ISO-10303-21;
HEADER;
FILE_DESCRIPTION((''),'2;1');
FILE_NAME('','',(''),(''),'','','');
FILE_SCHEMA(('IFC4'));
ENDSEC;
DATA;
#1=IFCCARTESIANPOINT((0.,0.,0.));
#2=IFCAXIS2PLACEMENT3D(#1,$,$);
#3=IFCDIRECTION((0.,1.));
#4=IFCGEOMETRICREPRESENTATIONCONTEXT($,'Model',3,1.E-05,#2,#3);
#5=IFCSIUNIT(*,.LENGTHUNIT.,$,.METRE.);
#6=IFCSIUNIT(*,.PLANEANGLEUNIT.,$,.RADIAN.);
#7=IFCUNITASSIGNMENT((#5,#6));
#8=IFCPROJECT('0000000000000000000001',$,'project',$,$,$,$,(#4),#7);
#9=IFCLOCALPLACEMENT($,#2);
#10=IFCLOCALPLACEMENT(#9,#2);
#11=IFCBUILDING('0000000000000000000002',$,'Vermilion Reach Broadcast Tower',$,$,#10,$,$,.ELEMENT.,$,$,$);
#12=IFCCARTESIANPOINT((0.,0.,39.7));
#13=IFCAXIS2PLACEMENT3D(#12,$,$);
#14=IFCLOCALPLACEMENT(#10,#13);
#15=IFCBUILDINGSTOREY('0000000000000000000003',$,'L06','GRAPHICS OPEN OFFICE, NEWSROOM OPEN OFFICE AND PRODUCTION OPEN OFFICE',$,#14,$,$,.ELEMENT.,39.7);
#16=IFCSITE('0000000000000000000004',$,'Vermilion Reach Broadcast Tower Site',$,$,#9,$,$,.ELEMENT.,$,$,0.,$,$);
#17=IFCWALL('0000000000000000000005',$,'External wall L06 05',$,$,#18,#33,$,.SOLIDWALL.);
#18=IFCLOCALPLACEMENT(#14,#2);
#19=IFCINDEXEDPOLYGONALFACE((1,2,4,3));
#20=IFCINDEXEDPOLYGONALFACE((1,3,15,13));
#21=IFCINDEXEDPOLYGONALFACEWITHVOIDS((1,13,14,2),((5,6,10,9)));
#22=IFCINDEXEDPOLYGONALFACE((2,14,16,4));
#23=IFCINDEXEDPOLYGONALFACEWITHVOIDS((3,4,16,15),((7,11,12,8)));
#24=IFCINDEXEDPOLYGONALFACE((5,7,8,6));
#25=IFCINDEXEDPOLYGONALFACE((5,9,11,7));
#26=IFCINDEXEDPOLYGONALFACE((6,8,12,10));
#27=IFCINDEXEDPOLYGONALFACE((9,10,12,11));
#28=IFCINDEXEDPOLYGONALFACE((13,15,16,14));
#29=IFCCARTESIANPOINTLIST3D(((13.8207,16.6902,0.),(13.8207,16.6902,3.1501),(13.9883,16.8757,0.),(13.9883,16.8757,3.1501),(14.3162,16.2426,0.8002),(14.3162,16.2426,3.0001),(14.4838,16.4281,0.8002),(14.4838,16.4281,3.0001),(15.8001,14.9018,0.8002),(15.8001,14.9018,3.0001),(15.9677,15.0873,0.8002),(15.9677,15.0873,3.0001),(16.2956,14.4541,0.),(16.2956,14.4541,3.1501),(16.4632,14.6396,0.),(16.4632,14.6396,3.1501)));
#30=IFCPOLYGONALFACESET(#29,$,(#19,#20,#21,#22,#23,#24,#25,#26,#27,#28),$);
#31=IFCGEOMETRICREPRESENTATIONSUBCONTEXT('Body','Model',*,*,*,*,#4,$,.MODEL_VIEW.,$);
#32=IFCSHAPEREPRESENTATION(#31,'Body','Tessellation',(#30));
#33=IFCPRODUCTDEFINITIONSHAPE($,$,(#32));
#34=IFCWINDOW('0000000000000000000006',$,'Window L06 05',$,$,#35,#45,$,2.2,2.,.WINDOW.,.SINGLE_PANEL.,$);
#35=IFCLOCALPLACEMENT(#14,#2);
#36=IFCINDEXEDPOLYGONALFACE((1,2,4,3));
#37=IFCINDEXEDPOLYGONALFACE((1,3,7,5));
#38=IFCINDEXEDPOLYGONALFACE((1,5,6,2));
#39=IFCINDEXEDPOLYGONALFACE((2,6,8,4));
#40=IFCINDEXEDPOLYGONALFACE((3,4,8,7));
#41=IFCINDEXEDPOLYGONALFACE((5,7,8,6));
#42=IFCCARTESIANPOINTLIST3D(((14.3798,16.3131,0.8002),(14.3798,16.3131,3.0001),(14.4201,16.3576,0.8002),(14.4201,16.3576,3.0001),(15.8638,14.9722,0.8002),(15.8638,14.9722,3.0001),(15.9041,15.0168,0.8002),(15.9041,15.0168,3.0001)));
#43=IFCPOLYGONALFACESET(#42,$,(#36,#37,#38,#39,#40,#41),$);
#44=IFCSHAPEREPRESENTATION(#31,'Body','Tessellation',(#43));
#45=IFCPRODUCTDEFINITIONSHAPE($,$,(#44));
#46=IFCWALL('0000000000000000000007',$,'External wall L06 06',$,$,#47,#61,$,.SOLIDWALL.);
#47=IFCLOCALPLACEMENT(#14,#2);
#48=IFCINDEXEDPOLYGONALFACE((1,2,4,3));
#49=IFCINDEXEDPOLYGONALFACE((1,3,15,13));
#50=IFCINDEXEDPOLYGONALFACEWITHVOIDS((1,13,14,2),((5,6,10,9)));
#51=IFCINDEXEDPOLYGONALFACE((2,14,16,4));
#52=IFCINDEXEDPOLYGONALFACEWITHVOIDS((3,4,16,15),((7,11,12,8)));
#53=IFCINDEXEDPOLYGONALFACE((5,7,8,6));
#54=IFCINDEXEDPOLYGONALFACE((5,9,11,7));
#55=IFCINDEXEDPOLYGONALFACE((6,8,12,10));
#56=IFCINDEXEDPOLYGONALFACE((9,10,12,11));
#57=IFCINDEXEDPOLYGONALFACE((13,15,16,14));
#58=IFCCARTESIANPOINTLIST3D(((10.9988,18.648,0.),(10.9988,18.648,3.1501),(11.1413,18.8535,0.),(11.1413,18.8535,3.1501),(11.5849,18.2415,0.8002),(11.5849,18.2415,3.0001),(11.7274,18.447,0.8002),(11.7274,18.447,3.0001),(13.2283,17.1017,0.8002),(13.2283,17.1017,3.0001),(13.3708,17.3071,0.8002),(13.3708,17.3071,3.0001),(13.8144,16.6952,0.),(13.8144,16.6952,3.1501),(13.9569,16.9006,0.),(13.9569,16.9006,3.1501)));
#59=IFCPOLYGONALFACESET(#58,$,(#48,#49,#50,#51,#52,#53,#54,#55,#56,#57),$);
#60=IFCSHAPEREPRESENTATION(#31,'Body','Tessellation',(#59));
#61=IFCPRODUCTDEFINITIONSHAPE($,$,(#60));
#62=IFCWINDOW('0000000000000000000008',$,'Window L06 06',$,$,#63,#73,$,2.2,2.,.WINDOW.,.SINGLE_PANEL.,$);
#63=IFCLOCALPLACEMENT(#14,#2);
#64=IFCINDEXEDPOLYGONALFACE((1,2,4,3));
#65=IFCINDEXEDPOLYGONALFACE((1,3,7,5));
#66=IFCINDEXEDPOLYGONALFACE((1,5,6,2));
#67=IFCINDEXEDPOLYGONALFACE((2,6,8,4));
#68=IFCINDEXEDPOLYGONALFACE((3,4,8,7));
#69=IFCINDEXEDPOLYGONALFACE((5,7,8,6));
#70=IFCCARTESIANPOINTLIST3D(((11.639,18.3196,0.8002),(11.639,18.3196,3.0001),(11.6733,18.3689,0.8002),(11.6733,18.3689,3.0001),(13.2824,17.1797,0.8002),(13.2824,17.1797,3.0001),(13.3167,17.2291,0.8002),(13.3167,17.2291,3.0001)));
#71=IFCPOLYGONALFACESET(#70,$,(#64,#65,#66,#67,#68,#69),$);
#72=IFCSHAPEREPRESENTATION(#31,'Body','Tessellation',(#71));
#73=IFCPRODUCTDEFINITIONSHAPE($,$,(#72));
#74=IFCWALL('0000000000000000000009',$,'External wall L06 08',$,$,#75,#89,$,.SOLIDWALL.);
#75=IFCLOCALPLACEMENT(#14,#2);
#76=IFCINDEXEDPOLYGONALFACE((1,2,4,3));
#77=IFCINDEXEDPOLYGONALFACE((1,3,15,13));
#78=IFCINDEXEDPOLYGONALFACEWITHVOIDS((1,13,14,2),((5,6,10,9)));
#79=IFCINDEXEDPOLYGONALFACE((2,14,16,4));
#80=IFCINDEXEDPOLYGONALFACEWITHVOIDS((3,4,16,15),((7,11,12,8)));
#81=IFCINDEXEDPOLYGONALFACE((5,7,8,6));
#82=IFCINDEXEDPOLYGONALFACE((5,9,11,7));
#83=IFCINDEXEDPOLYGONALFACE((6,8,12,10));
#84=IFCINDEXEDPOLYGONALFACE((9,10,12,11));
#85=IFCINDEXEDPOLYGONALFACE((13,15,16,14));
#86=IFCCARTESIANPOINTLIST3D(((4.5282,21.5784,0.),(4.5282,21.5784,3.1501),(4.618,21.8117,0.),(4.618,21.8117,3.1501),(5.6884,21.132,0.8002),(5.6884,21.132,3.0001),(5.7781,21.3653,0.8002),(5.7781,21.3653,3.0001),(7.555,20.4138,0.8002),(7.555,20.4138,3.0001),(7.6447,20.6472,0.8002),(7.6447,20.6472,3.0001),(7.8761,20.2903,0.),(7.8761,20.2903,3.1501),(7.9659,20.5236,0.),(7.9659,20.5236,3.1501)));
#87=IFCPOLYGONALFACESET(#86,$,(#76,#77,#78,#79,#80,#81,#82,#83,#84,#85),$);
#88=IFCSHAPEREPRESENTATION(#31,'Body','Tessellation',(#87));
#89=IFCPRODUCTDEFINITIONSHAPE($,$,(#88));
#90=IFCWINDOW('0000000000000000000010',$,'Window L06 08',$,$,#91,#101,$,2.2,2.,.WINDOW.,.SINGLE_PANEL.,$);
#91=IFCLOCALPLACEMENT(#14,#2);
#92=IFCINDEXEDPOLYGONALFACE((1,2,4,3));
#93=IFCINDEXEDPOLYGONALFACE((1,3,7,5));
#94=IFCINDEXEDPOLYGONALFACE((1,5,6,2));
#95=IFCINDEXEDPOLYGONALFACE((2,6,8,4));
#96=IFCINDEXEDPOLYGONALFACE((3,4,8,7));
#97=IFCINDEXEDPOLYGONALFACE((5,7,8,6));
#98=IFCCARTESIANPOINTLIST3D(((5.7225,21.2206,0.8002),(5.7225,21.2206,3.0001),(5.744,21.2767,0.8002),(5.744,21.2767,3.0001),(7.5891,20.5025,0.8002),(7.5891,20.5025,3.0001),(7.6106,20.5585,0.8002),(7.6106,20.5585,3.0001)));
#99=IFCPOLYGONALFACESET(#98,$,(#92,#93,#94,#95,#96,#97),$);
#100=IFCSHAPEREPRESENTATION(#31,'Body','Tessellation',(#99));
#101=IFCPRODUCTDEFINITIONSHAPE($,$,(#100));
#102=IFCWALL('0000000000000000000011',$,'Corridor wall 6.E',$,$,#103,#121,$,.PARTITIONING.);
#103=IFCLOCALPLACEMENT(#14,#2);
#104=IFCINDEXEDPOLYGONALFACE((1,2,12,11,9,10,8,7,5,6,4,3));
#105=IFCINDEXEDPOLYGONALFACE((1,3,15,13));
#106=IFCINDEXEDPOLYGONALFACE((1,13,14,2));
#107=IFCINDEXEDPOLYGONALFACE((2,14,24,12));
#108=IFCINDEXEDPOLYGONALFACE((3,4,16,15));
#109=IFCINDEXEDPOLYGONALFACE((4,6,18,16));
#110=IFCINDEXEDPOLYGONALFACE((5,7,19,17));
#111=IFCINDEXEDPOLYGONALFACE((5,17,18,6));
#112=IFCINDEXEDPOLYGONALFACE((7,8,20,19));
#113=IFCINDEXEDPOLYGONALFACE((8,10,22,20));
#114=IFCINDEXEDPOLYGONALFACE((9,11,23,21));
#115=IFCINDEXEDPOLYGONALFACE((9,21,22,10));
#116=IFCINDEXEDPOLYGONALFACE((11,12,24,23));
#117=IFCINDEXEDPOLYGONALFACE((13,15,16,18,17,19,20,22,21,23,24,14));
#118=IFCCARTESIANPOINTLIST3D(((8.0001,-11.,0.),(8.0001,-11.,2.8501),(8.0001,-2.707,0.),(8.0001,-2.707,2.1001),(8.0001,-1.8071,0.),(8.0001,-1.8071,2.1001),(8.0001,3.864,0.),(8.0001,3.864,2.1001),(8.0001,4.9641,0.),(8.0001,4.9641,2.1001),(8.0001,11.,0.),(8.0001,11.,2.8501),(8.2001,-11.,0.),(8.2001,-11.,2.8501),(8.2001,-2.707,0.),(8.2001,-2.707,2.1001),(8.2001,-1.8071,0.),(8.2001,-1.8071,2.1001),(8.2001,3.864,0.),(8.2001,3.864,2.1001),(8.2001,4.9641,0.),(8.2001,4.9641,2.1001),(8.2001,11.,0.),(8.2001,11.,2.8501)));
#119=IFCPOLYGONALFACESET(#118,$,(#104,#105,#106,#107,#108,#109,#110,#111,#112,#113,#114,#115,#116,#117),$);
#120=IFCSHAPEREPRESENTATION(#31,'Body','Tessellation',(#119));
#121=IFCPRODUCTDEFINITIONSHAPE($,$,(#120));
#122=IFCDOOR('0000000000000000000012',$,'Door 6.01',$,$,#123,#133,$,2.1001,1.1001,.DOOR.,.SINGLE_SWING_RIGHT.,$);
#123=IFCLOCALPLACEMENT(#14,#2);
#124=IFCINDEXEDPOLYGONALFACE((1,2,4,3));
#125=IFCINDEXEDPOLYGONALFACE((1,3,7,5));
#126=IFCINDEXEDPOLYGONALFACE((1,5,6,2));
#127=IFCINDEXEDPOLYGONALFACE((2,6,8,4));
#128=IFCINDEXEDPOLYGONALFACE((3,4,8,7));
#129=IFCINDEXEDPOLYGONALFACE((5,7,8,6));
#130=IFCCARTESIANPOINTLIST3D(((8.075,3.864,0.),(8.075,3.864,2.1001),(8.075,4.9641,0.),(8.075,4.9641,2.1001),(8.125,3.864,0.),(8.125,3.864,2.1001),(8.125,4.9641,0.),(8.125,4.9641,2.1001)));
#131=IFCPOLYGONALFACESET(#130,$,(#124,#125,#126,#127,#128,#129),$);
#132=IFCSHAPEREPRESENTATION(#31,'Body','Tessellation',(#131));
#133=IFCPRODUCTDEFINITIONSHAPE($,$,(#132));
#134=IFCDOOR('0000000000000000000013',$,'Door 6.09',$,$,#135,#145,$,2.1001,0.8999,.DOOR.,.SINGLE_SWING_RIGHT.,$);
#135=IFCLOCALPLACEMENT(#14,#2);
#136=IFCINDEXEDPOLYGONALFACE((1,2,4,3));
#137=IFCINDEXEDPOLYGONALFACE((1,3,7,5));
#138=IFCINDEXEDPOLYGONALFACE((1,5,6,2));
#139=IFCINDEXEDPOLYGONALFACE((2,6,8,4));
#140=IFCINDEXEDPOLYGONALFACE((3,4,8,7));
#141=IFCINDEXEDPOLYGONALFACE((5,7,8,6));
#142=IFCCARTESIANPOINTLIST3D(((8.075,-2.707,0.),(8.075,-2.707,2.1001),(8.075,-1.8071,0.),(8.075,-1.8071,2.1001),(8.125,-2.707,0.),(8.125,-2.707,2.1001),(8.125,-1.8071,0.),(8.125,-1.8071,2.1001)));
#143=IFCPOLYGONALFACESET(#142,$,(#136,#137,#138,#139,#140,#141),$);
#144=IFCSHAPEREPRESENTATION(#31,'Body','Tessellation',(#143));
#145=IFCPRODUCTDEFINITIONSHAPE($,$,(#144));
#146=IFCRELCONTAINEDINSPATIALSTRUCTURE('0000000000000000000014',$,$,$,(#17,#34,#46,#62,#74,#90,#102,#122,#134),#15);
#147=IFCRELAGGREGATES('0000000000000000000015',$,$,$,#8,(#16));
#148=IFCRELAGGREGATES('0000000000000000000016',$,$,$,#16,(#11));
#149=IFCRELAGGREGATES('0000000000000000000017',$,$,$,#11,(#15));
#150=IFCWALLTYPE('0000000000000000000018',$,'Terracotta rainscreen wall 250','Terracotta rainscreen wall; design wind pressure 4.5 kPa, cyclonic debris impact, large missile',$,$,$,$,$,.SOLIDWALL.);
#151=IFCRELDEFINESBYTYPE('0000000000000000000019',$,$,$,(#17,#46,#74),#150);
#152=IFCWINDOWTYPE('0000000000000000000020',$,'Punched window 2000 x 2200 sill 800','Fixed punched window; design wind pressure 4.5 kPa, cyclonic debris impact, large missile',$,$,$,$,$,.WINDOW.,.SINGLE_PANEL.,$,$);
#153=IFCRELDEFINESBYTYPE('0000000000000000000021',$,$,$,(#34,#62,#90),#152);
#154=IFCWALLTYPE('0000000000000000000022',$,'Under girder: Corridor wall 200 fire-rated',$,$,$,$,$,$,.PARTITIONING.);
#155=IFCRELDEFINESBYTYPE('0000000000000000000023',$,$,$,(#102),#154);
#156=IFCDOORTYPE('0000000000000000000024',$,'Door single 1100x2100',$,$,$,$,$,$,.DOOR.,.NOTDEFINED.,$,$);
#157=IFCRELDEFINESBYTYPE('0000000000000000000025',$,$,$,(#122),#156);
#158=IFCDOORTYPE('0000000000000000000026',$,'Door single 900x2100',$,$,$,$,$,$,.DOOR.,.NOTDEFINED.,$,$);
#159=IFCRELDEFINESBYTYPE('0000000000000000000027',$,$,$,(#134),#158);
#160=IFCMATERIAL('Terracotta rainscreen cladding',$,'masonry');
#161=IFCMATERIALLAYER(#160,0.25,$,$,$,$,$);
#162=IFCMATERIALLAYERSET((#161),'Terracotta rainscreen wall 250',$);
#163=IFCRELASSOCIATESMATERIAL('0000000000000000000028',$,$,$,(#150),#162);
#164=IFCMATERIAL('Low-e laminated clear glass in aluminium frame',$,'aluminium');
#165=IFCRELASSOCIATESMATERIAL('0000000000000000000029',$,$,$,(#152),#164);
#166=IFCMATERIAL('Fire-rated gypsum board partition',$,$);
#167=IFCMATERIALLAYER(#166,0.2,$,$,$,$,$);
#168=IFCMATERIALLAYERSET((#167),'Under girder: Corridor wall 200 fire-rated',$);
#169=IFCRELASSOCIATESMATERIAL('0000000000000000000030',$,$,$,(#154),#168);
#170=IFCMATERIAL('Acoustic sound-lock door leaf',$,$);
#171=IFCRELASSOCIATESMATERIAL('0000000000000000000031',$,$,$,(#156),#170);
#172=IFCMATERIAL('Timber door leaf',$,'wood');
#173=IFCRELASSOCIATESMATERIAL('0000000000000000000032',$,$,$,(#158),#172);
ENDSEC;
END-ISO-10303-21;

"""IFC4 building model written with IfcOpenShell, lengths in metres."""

from ifc_helpers import new_model, si_unit, direction, frame, frame_2d, origin, place, context, subcontext, project, spatial, rectangle, extrude, material, layer, layer_set, type_object, element, fill, save


model = new_model("IFC4")

# Units and contexts
model_context = context("Model", 3, precision=1e-05, world=origin(), true_north=direction((0.0, 1.0)))
body_context = subcontext(model_context, "Body", "Model", "MODEL_VIEW")
ifc_project = project(units=[si_unit("LENGTHUNIT", "METRE"), si_unit("PLANEANGLEUNIT", "RADIAN")], contexts=[model_context])

# Site, building, storey
site_placement = place(None, origin())
site = spatial("IfcSite", under=ifc_project, at=site_placement, Name="Vermilion Reach Broadcast Tower Site", CompositionType="ELEMENT", RefElevation=0.0)
building_placement = place(site_placement, origin())
building = spatial("IfcBuilding", under=site, at=building_placement, Name="Vermilion Reach Broadcast Tower", CompositionType="ELEMENT")
storey_placement = place(building_placement, frame((0.0, 0.0, 39.7)))
storey = spatial("IfcBuildingStorey", under=building, at=storey_placement, Name="L06", Description="GRAPHICS OPEN OFFICE, NEWSROOM OPEN OFFICE AND PRODUCTION OPEN OFFICE", CompositionType="ELEMENT", Elevation=39.7)

# Shared definitions
ifc_material_1 = material(Name="Terracotta rainscreen cladding", Category="masonry")
ifc_layer_1 = layer(ifc_material_1, 0.25)
ifc_layer_set_1 = layer_set([ifc_layer_1], Name="Terracotta rainscreen wall 250")
wall_type_1 = type_object("IfcWallType", Name="Terracotta rainscreen wall 250", Description="Terracotta rainscreen wall; design wind pressure 4.5 kPa, cyclonic debris impact, large missile", PredefinedType="SOLIDWALL", material=ifc_layer_set_1)

# Walls, openings, windows
ifc_material_2 = material(Name="Low-e laminated clear glass in aluminium frame", Category="aluminium")
window_type = type_object("IfcWindowType", Name="Punched window 2000 x 2200 sill 800", Description="Fixed punched window; design wind pressure 4.5 kPa, cyclonic debris impact, large missile", PartitioningType="SINGLE_PANEL", PredefinedType="WINDOW", material=ifc_material_2)
wall_1_placement = place(storey_placement, frame((16.3794, 14.5469, 0.0), z_axis=(0.0, 0.0, 1.0), x_axis=(-0.741993, 0.670407, 0.0)))
wall_1 = element("IfcWall", 1, at=wall_1_placement, inside=storey, type_object=wall_type_1, Name="External wall L06 05", PredefinedType="SOLIDWALL", context=body_context, shape_type="SweptSolid", body=[
    extrude(rectangle(XDim=3.3354, YDim=0.25, at=frame_2d((1.6677, 0.0))), origin(), (0.0, 0.0, 1.0), 3.1501),
])
opening_1_placement = place(wall_1_placement, frame((0.6677, 0.0, 0.8)))
opening_1 = element("IfcOpeningElement", 2, at=opening_1_placement, cuts=wall_1, PredefinedType="OPENING", context=body_context, shape_type="SweptSolid", body=[
    extrude(rectangle(XDim=2.0, YDim=2.2, at=frame_2d((1.0, 1.1001))), frame((0.0, 0.135, 0.0), z_axis=(0.0, -1.0, 0.0), x_axis=(1.0, 0.0, 0.0)), (0.0, 0.0, 1.0), 0.27),
])
window_1_placement = place(opening_1_placement, origin())
window_1 = element("IfcWindow", 3, at=window_1_placement, inside=storey, type_object=window_type, Name="Window L06 05", OverallHeight=2.2, OverallWidth=2.0, PartitioningType="SINGLE_PANEL", PredefinedType="WINDOW", context=body_context, shape_type="SweptSolid", body=[
    extrude(rectangle(XDim=2.0, YDim=2.2, at=frame_2d((1.0, 1.1001))), frame((0.0, 0.03, 0.0), z_axis=(0.0, -1.0, 0.0), x_axis=(1.0, 0.0, 0.0)), (0.0, 0.0, 1.0), 0.0601),
])
fill(opening_1, window_1)
wall_2_placement = place(storey_placement, frame((13.8857, 16.7979, 0.0), z_axis=(0.0, 0.0, 1.0), x_axis=(-0.821705, 0.569914, 0.0)))
wall_2 = element("IfcWall", 4, at=wall_2_placement, inside=storey, type_object=wall_type_1, Name="External wall L06 06", PredefinedType="SOLIDWALL", context=body_context, shape_type="SweptSolid", body=[
    extrude(rectangle(XDim=3.4265, YDim=0.25, at=frame_2d((1.7134, 0.0))), origin(), (0.0, 0.0, 1.0), 3.1501),
])
opening_2_placement = place(wall_2_placement, frame((0.7134, 0.0, 0.8)))
opening_2 = element("IfcOpeningElement", 5, at=opening_2_placement, cuts=wall_2, PredefinedType="OPENING", context=body_context, shape_type="SweptSolid", body=[
    extrude(rectangle(XDim=2.0, YDim=2.2, at=frame_2d((1.0, 1.1001))), frame((0.0, 0.135, 0.0), z_axis=(0.0, -1.0, 0.0), x_axis=(1.0, 0.0, 0.0)), (0.0, 0.0, 1.0), 0.27),
])
window_2_placement = place(opening_2_placement, origin())
window_2 = element("IfcWindow", 6, at=window_2_placement, inside=storey, type_object=window_type, Name="Window L06 06", OverallHeight=2.2, OverallWidth=2.0, PartitioningType="SINGLE_PANEL", PredefinedType="WINDOW", context=body_context, shape_type="SweptSolid", body=[
    extrude(rectangle(XDim=2.0, YDim=2.2, at=frame_2d((1.0, 1.1001))), frame((0.0, 0.03, 0.0), z_axis=(0.0, -1.0, 0.0), x_axis=(1.0, 0.0, 0.0)), (0.0, 0.0, 1.0), 0.0601),
])
fill(opening_2, window_2)

# Wall, opening, window
wall_3_placement = place(storey_placement, frame((7.9209, 20.407, 0.0), z_axis=(0.0, 0.0, 1.0), x_axis=(-0.933305, 0.359084, 0.0)))
wall_3 = element("IfcWall", 7, at=wall_3_placement, inside=storey, type_object=wall_type_1, Name="External wall L06 08", PredefinedType="SOLIDWALL", context=body_context, shape_type="SweptSolid", body=[
    extrude(rectangle(XDim=3.5872, YDim=0.25, at=frame_2d((1.7935, 0.0))), origin(), (0.0, 0.0, 1.0), 3.1501),
])
opening_3_placement = place(wall_3_placement, frame((0.344, 0.0, 0.8)))
opening_3 = element("IfcOpeningElement", 8, at=opening_3_placement, cuts=wall_3, PredefinedType="OPENING", context=body_context, shape_type="SweptSolid", body=[
    extrude(rectangle(XDim=2.0, YDim=2.2, at=frame_2d((1.0, 1.1001))), frame((0.0, 0.135, 0.0), z_axis=(0.0, -1.0, 0.0), x_axis=(1.0, 0.0, 0.0)), (0.0, 0.0, 1.0), 0.27),
])
window_3_placement = place(opening_3_placement, origin())
window_3 = element("IfcWindow", 9, at=window_3_placement, inside=storey, type_object=window_type, Name="Window L06 08", OverallHeight=2.2, OverallWidth=2.0, PartitioningType="SINGLE_PANEL", PredefinedType="WINDOW", context=body_context, shape_type="SweptSolid", body=[
    extrude(rectangle(XDim=2.0, YDim=2.2, at=frame_2d((1.0, 1.1001))), frame((0.0, 0.03, 0.0), z_axis=(0.0, -1.0, 0.0), x_axis=(1.0, 0.0, 0.0)), (0.0, 0.0, 1.0), 0.0601),
])
fill(opening_3, window_3)

# Wall, openings, doors
ifc_material_3 = material(Name="Fire-rated gypsum board partition")
ifc_layer_2 = layer(ifc_material_3, 0.2)
ifc_layer_set_2 = layer_set([ifc_layer_2], Name="Under girder: Corridor wall 200 fire-rated")
wall_type_2 = type_object("IfcWallType", Name="Under girder: Corridor wall 200 fire-rated", PredefinedType="PARTITIONING", material=ifc_layer_set_2)
wall_4_placement = place(storey_placement, frame((8.1001, 11.0, 0.0), z_axis=(0.0, 0.0, 1.0), x_axis=(0.0, -1.0, 0.0)))
wall_4 = element("IfcWall", 10, at=wall_4_placement, inside=storey, type_object=wall_type_2, Name="Corridor wall 6.E", PredefinedType="PARTITIONING", context=body_context, shape_type="SweptSolid", body=[
    extrude(rectangle(XDim=22.0, YDim=0.2, at=frame_2d((11.0, 0.0))), origin(), (0.0, 0.0, 1.0), 2.8501),
])
opening_4_placement = place(wall_4_placement, frame((6.0359, 0.0, 0.0)))
opening_4 = element("IfcOpeningElement", 11, at=opening_4_placement, cuts=wall_4, PredefinedType="OPENING", context=body_context, shape_type="SweptSolid", body=[
    extrude(rectangle(XDim=1.1001, YDim=2.1001, at=frame_2d((0.55, 1.05))), frame((0.0, 0.1099, 0.0), z_axis=(0.0, -1.0, 0.0), x_axis=(1.0, 0.0, 0.0)), (0.0, 0.0, 1.0), 0.22),
])
opening_5_placement = place(wall_4_placement, frame((12.8071, 0.0, 0.0)))
opening_5 = element("IfcOpeningElement", 12, at=opening_5_placement, cuts=wall_4, PredefinedType="OPENING", context=body_context, shape_type="SweptSolid", body=[
    extrude(rectangle(XDim=0.8999, YDim=2.1001, at=frame_2d((0.45, 1.05))), frame((0.0, 0.1099, 0.0), z_axis=(0.0, -1.0, 0.0), x_axis=(1.0, 0.0, 0.0)), (0.0, 0.0, 1.0), 0.22),
])
ifc_material_4 = material(Name="Acoustic sound-lock door leaf")
door_type_1 = type_object("IfcDoorType", Name="Door single 1100x2100", OperationType="NOTDEFINED", PredefinedType="DOOR", material=ifc_material_4)
door_1_placement = place(opening_4_placement, origin())
door_1 = element("IfcDoor", 13, at=door_1_placement, inside=storey, type_object=door_type_1, Name="Door 6.01", OperationType="SINGLE_SWING_RIGHT", OverallHeight=2.1001, OverallWidth=1.1001, PredefinedType="DOOR", context=body_context, shape_type="SweptSolid", body=[
    extrude(rectangle(XDim=1.1001, YDim=2.1001, at=frame_2d((0.55, 1.05))), frame((0.0, 0.0249, 0.0), z_axis=(0.0, -1.0, 0.0), x_axis=(1.0, 0.0, 0.0)), (0.0, 0.0, 1.0), 0.05),
])
fill(opening_4, door_1)
ifc_material_5 = material(Name="Timber door leaf", Category="wood")
door_type_2 = type_object("IfcDoorType", Name="Door single 900x2100", OperationType="NOTDEFINED", PredefinedType="DOOR", material=ifc_material_5)
door_2_placement = place(opening_5_placement, origin())
door_2 = element("IfcDoor", 14, at=door_2_placement, inside=storey, type_object=door_type_2, Name="Door 6.09", OperationType="SINGLE_SWING_RIGHT", OverallHeight=2.1001, OverallWidth=0.8999, PredefinedType="DOOR", context=body_context, shape_type="SweptSolid", body=[
    extrude(rectangle(XDim=0.8999, YDim=2.1001, at=frame_2d((0.45, 1.05))), frame((0.0, 0.0249, 0.0), z_axis=(0.0, -1.0, 0.0), x_axis=(1.0, 0.0, 0.0)), (0.0, 0.0, 1.0), 0.05),
])
fill(opening_5, door_2)

save(model, "model.ifc")
